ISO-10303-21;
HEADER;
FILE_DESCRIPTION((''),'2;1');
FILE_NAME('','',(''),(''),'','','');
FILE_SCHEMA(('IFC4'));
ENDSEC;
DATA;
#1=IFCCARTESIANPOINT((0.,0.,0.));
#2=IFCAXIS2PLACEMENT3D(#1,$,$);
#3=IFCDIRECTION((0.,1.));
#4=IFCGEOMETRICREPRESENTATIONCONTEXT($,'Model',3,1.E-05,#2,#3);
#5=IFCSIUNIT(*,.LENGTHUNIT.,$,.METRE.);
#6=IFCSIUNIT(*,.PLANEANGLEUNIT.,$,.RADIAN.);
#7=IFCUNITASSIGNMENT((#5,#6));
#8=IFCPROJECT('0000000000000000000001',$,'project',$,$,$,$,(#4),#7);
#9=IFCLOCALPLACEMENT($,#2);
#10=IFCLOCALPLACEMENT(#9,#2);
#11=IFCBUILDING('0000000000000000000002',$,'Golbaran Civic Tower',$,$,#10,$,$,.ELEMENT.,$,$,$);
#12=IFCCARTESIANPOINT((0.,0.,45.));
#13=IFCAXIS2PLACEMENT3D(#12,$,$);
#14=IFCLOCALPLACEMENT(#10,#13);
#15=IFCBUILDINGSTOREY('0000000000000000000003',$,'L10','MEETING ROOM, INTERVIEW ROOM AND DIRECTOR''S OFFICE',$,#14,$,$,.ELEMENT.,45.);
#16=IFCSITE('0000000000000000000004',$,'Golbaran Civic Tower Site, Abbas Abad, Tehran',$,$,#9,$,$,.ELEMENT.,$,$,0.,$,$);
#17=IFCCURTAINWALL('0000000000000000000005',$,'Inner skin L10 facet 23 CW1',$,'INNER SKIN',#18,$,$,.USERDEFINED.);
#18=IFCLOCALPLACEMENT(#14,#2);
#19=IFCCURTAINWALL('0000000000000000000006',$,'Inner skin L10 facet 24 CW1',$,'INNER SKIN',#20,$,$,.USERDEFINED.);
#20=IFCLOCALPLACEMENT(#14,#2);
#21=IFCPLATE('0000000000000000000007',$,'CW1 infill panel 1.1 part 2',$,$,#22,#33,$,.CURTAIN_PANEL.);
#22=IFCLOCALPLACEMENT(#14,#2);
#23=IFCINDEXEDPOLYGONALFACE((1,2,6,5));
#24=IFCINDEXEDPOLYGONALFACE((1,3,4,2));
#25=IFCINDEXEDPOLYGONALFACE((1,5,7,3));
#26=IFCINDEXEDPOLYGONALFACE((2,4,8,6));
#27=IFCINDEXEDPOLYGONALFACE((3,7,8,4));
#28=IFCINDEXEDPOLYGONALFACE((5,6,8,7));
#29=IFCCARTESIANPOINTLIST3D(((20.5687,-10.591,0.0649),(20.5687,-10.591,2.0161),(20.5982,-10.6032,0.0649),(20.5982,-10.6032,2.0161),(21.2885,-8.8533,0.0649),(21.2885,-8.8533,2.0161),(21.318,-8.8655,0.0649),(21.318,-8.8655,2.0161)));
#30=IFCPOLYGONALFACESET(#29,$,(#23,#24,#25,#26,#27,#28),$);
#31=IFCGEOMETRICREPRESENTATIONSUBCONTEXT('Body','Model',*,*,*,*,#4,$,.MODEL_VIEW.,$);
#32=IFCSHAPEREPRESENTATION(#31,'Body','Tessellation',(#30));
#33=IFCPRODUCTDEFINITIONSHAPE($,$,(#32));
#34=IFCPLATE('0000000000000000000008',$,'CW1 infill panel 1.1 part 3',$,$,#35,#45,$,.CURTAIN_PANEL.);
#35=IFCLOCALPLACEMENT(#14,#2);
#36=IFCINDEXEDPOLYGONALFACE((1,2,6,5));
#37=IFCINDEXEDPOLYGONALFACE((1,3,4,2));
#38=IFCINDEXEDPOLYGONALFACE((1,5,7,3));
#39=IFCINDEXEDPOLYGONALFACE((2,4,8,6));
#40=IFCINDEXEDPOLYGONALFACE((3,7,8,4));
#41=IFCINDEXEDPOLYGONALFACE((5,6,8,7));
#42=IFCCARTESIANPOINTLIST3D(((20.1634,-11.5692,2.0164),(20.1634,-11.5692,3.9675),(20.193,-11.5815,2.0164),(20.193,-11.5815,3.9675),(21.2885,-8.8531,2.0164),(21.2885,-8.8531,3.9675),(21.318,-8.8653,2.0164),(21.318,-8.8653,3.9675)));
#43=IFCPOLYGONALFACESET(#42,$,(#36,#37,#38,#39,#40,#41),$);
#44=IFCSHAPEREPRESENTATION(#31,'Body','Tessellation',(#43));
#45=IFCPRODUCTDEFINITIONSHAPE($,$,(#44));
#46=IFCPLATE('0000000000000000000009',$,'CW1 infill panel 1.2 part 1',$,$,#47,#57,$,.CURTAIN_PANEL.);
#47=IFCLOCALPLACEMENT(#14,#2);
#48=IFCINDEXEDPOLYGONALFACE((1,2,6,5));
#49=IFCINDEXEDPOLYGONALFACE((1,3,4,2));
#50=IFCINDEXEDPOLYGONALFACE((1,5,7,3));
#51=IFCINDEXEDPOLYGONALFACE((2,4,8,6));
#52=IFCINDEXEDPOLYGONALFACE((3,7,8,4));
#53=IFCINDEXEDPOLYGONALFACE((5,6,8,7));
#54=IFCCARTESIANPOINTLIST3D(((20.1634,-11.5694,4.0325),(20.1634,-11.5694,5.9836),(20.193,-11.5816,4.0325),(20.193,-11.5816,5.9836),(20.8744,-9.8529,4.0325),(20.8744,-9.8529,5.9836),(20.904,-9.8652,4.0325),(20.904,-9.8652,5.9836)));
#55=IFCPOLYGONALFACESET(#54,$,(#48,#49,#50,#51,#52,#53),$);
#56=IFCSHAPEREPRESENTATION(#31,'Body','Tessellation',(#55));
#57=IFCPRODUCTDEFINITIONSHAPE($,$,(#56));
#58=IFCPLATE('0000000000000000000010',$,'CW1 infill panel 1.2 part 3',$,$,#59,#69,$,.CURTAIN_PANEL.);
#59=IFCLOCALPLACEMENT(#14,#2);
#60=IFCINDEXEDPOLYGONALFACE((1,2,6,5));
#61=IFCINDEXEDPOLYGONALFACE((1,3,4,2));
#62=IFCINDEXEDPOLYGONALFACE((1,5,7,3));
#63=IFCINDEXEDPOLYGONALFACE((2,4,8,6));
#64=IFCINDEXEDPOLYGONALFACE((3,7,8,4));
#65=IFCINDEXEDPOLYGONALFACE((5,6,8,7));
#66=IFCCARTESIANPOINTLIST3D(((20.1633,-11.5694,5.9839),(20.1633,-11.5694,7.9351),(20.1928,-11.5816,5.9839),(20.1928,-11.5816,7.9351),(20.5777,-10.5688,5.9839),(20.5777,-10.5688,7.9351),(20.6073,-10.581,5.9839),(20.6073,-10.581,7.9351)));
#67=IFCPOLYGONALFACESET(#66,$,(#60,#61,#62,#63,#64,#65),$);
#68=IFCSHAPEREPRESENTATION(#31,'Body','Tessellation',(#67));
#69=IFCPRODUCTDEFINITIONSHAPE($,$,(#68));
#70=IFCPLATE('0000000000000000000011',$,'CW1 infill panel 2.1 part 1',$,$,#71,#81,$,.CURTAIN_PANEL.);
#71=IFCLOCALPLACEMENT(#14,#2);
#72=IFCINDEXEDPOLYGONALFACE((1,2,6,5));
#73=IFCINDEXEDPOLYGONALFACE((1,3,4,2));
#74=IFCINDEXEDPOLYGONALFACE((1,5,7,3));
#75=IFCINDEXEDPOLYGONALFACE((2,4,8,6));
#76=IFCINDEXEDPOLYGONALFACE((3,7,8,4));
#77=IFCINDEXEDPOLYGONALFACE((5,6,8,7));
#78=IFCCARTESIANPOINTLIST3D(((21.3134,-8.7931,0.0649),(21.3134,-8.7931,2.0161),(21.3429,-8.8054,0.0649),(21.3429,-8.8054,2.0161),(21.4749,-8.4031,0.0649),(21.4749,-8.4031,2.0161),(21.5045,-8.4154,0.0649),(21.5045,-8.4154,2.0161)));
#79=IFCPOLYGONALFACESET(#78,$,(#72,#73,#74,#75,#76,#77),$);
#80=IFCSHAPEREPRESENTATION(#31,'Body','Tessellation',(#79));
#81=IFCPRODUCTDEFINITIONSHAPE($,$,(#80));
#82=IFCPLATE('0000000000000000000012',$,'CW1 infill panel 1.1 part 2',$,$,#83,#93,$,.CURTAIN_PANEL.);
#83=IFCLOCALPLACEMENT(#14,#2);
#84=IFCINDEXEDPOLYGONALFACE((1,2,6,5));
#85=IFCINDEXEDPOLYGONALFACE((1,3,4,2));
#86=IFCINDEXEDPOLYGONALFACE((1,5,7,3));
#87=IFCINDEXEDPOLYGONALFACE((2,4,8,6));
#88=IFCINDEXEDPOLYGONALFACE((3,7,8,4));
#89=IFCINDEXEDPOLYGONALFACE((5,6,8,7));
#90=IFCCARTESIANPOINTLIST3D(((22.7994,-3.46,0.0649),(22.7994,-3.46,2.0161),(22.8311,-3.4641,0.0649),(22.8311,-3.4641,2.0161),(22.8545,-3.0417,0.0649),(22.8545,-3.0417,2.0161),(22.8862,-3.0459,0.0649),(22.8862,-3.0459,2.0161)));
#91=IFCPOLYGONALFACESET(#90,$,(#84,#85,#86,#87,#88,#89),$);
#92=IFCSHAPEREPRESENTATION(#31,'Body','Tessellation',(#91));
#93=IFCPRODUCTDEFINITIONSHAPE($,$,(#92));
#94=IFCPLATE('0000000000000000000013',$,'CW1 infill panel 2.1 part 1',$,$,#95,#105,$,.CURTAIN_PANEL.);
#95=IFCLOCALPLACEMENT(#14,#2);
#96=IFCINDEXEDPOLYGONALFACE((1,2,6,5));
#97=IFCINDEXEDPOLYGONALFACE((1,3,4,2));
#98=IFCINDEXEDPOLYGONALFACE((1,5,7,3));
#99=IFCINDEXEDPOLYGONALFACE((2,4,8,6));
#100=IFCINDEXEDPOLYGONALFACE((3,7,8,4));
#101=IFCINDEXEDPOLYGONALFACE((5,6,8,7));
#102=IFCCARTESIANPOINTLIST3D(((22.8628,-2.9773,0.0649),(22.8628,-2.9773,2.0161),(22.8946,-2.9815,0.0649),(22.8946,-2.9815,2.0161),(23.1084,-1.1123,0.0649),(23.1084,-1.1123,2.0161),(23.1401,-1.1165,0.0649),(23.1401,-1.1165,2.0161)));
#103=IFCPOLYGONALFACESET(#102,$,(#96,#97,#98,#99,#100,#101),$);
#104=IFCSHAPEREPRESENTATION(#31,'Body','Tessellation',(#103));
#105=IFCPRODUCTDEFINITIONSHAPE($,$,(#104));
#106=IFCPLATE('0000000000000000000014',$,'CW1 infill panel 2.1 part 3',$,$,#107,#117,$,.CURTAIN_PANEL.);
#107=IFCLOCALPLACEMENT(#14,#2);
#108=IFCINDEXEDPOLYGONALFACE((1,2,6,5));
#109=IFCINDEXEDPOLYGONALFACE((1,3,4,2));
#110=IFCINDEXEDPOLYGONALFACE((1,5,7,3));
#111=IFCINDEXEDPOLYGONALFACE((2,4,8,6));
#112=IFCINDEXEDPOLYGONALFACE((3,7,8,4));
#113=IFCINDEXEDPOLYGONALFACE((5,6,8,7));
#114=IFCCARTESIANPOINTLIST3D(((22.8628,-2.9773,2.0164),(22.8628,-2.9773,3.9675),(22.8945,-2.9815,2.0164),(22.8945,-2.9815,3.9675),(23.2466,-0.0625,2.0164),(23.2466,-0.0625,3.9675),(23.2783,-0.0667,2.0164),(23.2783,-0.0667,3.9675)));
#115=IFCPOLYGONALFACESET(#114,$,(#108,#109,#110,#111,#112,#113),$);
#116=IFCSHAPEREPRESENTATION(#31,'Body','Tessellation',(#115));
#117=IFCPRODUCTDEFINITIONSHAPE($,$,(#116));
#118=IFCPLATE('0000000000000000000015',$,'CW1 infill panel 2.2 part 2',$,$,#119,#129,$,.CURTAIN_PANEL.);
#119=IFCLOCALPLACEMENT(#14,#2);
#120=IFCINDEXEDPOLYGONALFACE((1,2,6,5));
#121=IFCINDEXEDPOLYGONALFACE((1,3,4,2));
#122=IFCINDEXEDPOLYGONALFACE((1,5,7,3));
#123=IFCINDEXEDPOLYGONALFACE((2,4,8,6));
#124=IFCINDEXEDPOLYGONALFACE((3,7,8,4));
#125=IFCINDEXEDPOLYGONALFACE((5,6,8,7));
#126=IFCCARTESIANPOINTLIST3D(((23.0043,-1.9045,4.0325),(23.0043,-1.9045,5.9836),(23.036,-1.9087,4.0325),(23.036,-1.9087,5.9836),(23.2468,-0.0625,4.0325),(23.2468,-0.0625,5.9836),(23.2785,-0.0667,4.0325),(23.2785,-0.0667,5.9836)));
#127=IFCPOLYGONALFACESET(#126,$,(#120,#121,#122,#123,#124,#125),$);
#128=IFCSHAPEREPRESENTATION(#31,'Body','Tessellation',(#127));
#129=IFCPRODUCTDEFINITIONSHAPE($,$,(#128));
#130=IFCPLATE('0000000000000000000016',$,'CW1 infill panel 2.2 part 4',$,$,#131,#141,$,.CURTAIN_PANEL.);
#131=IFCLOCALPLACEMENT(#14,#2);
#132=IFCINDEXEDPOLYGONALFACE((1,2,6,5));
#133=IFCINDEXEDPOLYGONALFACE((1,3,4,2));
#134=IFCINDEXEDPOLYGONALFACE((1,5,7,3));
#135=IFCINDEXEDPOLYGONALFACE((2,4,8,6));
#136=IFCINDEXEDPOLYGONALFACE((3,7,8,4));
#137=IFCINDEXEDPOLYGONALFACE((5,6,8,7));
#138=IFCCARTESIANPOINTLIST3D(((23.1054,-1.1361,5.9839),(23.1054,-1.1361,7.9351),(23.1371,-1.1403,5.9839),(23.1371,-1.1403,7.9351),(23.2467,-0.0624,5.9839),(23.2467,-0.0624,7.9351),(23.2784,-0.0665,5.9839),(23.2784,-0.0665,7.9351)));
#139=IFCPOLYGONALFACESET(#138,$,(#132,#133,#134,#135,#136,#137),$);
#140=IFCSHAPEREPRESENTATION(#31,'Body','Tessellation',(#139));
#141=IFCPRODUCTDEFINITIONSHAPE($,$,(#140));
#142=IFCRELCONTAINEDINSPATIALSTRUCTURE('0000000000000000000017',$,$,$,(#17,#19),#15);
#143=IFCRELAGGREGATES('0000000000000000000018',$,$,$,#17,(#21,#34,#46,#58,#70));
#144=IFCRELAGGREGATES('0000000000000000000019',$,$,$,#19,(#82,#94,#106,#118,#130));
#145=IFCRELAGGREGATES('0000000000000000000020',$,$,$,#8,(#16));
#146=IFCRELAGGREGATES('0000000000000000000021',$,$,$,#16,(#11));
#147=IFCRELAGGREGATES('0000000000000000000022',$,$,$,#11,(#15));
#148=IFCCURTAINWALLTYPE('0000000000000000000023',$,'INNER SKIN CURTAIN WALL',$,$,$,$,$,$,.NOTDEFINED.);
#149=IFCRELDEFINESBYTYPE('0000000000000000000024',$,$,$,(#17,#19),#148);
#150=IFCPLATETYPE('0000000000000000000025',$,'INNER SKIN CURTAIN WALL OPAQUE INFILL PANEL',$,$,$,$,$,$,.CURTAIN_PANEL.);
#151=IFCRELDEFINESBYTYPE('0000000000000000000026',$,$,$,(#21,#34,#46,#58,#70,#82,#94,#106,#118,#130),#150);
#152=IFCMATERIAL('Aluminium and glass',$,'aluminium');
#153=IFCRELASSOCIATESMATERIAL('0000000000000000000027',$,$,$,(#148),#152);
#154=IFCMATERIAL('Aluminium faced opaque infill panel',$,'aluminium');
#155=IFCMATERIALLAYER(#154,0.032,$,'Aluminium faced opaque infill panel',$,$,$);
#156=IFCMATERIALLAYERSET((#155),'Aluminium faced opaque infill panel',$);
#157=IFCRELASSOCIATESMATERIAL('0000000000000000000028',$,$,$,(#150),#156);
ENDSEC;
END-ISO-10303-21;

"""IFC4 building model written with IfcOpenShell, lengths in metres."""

from ifc_helpers import new_model, si_unit, direction, frame, origin, origin_2d, place, context, subcontext, project, spatial, rectangle, extrude, material, layer, layer_set, type_object, element, aggregate, save


model = new_model("IFC4")

# Units and contexts
model_context = context("Model", 3, precision=1e-05, world=origin(), true_north=direction((0.0, 1.0)))
body_context = subcontext(model_context, "Body", "Model", "MODEL_VIEW")
ifc_project = project(units=[si_unit("LENGTHUNIT", "METRE"), si_unit("PLANEANGLEUNIT", "RADIAN")], contexts=[model_context])

# Site, building, storey
site_placement = place(None, origin())
site = spatial("IfcSite", under=ifc_project, at=site_placement, Name="Golbaran Civic Tower Site, Abbas Abad, Tehran", CompositionType="ELEMENT", RefElevation=0.0)
building_placement = place(site_placement, origin())
building = spatial("IfcBuilding", under=site, at=building_placement, Name="Golbaran Civic Tower", CompositionType="ELEMENT")
storey_placement = place(building_placement, frame((0.0, 0.0, 45.0)))
storey = spatial("IfcBuildingStorey", under=building, at=storey_placement, Name="L10", Description="MEETING ROOM, INTERVIEW ROOM AND DIRECTOR'S OFFICE", CompositionType="ELEMENT", Elevation=45.0)

# Curtain walls
ifc_material_1 = material(Name="Aluminium and glass", Category="aluminium")
curtain_wall_type = type_object("IfcCurtainWallType", Name="INNER SKIN CURTAIN WALL", PredefinedType="NOTDEFINED", material=ifc_material_1)
curtain_wall_1_placement = place(storey_placement, origin())
curtain_wall_1 = element("IfcCurtainWall", 1, at=curtain_wall_1_placement, inside=storey, type_object=curtain_wall_type, Name="Inner skin L10 facet 23 CW1", ObjectType="INNER SKIN", PredefinedType="USERDEFINED")
curtain_wall_2_placement = place(storey_placement, origin())
curtain_wall_2 = element("IfcCurtainWall", 2, at=curtain_wall_2_placement, inside=storey, type_object=curtain_wall_type, Name="Inner skin L10 facet 24 CW1", ObjectType="INNER SKIN", PredefinedType="USERDEFINED")

# Plates
ifc_material_2 = material(Name="Aluminium faced opaque infill panel", Category="aluminium")
ifc_layer_1 = layer(ifc_material_2, 0.032, Name="Aluminium faced opaque infill panel")
ifc_layer_set_1 = layer_set([ifc_layer_1], Name="Aluminium faced opaque infill panel")
plate_type_1 = type_object("IfcPlateType", Name="INNER SKIN CURTAIN WALL OPAQUE INFILL PANEL", PredefinedType="CURTAIN_PANEL", material=ifc_layer_set_1)
plate_1_placement = place(storey_placement, frame((20.9434, -9.7283, 0.0649), z_axis=(0.0, 0.0, 1.0), x_axis=(0.382683, 0.92388, 0.0)))
plate_1 = element("IfcPlate", 3, at=plate_1_placement, type_object=plate_type_1, Name="CW1 infill panel 1.1 part 2", PredefinedType="CURTAIN_PANEL", context=body_context, shape_type="SweptSolid", body=[
    extrude(rectangle(XDim=1.8809, YDim=0.032, at=origin_2d()), origin(), (0.0, 0.0, 1.0), 1.9512),
])
plate_2_placement = place(storey_placement, frame((20.7407, -10.2173, 2.0164), z_axis=(0.0, 0.0, 1.0), x_axis=(0.382683, 0.92388, 0.0)))
plate_2 = element("IfcPlate", 4, at=plate_2_placement, type_object=plate_type_1, Name="CW1 infill panel 1.1 part 3", PredefinedType="CURTAIN_PANEL", context=body_context, shape_type="SweptSolid", body=[
    extrude(rectangle(XDim=2.9399, YDim=0.032, at=origin_2d()), origin(), (0.0, 0.0, 1.0), 1.9512),
])
plate_3_placement = place(storey_placement, frame((20.5337, -10.7173, 4.0325), z_axis=(0.0, 0.0, 1.0), x_axis=(0.382683, 0.92388, 0.0)))
plate_3 = element("IfcPlate", 5, at=plate_3_placement, type_object=plate_type_1, Name="CW1 infill panel 1.2 part 1", PredefinedType="CURTAIN_PANEL", context=body_context, shape_type="SweptSolid", body=[
    extrude(rectangle(XDim=1.8579, YDim=0.032, at=origin_2d()), origin(), (0.0, 0.0, 1.0), 1.9512),
])
plate_4_placement = place(storey_placement, frame((20.3853, -11.0752, 5.9839), z_axis=(0.0, 0.0, 1.0), x_axis=(0.382683, 0.92388, 0.0)))
plate_4 = element("IfcPlate", 6, at=plate_4_placement, type_object=plate_type_1, Name="CW1 infill panel 1.2 part 3", PredefinedType="CURTAIN_PANEL", context=body_context, shape_type="SweptSolid", body=[
    extrude(rectangle(XDim=1.083, YDim=0.032, at=origin_2d()), origin(), (0.0, 0.0, 1.0), 1.9512),
])
plate_5_placement = place(storey_placement, frame((21.4089, -8.6042, 0.0649), z_axis=(0.0, 0.0, 1.0), x_axis=(0.382683, 0.92388, 0.0)))
plate_5 = element("IfcPlate", 7, at=plate_5_placement, type_object=plate_type_1, Name="CW1 infill panel 2.1 part 1", PredefinedType="CURTAIN_PANEL", context=body_context, shape_type="SweptSolid", body=[
    extrude(rectangle(XDim=0.4221, YDim=0.032, at=origin_2d()), origin(), (0.0, 0.0, 1.0), 1.9512),
])
aggregate(curtain_wall_1, [plate_1, plate_2, plate_3, plate_4, plate_5])
plate_6_placement = place(storey_placement, frame((22.8428, -3.2529, 0.0649), z_axis=(0.0, 0.0, 1.0), x_axis=(0.130526, 0.991445, 0.0)))
plate_6 = element("IfcPlate", 8, at=plate_6_placement, type_object=plate_type_1, Name="CW1 infill panel 1.1 part 2", PredefinedType="CURTAIN_PANEL", context=body_context, shape_type="SweptSolid", body=[
    extrude(rectangle(XDim=0.4219, YDim=0.032, at=origin_2d()), origin(), (0.0, 0.0, 1.0), 1.9512),
])
plate_7_placement = place(storey_placement, frame((23.0015, -2.0469, 0.0649), z_axis=(0.0, 0.0, 1.0), x_axis=(0.130526, 0.991445, 0.0)))
plate_7 = element("IfcPlate", 9, at=plate_7_placement, type_object=plate_type_1, Name="CW1 infill panel 2.1 part 1", PredefinedType="CURTAIN_PANEL", context=body_context, shape_type="SweptSolid", body=[
    extrude(rectangle(XDim=1.8811, YDim=0.032, at=origin_2d()), origin(), (0.0, 0.0, 1.0), 1.9512),
])
plate_8_placement = place(storey_placement, frame((23.0706, -1.522, 2.0164), z_axis=(0.0, 0.0, 1.0), x_axis=(0.130526, 0.991445, 0.0)))
plate_8 = element("IfcPlate", 10, at=plate_8_placement, type_object=plate_type_1, Name="CW1 infill panel 2.1 part 3", PredefinedType="CURTAIN_PANEL", context=body_context, shape_type="SweptSolid", body=[
    extrude(rectangle(XDim=2.9399, YDim=0.032, at=origin_2d()), origin(), (0.0, 0.0, 1.0), 1.9512),
])
plate_9_placement = place(storey_placement, frame((23.1414, -0.9856, 4.0325), z_axis=(0.0, 0.0, 1.0), x_axis=(0.130526, 0.991445, 0.0)))
plate_9 = element("IfcPlate", 11, at=plate_9_placement, type_object=plate_type_1, Name="CW1 infill panel 2.2 part 2", PredefinedType="CURTAIN_PANEL", context=body_context, shape_type="SweptSolid", body=[
    extrude(rectangle(XDim=1.8579, YDim=0.032, at=origin_2d()), origin(), (0.0, 0.0, 1.0), 1.9512),
])
plate_10_placement = place(storey_placement, frame((23.1919, -0.6013, 5.9839), z_axis=(0.0, 0.0, 1.0), x_axis=(0.130526, 0.991445, 0.0)))
plate_10 = element("IfcPlate", 12, at=plate_10_placement, type_object=plate_type_1, Name="CW1 infill panel 2.2 part 4", PredefinedType="CURTAIN_PANEL", context=body_context, shape_type="SweptSolid", body=[
    extrude(rectangle(XDim=1.083, YDim=0.032, at=origin_2d()), origin(), (0.0, 0.0, 1.0), 1.9512),
])
aggregate(curtain_wall_2, [plate_6, plate_7, plate_8, plate_9, plate_10])

save(model, "model.ifc")
